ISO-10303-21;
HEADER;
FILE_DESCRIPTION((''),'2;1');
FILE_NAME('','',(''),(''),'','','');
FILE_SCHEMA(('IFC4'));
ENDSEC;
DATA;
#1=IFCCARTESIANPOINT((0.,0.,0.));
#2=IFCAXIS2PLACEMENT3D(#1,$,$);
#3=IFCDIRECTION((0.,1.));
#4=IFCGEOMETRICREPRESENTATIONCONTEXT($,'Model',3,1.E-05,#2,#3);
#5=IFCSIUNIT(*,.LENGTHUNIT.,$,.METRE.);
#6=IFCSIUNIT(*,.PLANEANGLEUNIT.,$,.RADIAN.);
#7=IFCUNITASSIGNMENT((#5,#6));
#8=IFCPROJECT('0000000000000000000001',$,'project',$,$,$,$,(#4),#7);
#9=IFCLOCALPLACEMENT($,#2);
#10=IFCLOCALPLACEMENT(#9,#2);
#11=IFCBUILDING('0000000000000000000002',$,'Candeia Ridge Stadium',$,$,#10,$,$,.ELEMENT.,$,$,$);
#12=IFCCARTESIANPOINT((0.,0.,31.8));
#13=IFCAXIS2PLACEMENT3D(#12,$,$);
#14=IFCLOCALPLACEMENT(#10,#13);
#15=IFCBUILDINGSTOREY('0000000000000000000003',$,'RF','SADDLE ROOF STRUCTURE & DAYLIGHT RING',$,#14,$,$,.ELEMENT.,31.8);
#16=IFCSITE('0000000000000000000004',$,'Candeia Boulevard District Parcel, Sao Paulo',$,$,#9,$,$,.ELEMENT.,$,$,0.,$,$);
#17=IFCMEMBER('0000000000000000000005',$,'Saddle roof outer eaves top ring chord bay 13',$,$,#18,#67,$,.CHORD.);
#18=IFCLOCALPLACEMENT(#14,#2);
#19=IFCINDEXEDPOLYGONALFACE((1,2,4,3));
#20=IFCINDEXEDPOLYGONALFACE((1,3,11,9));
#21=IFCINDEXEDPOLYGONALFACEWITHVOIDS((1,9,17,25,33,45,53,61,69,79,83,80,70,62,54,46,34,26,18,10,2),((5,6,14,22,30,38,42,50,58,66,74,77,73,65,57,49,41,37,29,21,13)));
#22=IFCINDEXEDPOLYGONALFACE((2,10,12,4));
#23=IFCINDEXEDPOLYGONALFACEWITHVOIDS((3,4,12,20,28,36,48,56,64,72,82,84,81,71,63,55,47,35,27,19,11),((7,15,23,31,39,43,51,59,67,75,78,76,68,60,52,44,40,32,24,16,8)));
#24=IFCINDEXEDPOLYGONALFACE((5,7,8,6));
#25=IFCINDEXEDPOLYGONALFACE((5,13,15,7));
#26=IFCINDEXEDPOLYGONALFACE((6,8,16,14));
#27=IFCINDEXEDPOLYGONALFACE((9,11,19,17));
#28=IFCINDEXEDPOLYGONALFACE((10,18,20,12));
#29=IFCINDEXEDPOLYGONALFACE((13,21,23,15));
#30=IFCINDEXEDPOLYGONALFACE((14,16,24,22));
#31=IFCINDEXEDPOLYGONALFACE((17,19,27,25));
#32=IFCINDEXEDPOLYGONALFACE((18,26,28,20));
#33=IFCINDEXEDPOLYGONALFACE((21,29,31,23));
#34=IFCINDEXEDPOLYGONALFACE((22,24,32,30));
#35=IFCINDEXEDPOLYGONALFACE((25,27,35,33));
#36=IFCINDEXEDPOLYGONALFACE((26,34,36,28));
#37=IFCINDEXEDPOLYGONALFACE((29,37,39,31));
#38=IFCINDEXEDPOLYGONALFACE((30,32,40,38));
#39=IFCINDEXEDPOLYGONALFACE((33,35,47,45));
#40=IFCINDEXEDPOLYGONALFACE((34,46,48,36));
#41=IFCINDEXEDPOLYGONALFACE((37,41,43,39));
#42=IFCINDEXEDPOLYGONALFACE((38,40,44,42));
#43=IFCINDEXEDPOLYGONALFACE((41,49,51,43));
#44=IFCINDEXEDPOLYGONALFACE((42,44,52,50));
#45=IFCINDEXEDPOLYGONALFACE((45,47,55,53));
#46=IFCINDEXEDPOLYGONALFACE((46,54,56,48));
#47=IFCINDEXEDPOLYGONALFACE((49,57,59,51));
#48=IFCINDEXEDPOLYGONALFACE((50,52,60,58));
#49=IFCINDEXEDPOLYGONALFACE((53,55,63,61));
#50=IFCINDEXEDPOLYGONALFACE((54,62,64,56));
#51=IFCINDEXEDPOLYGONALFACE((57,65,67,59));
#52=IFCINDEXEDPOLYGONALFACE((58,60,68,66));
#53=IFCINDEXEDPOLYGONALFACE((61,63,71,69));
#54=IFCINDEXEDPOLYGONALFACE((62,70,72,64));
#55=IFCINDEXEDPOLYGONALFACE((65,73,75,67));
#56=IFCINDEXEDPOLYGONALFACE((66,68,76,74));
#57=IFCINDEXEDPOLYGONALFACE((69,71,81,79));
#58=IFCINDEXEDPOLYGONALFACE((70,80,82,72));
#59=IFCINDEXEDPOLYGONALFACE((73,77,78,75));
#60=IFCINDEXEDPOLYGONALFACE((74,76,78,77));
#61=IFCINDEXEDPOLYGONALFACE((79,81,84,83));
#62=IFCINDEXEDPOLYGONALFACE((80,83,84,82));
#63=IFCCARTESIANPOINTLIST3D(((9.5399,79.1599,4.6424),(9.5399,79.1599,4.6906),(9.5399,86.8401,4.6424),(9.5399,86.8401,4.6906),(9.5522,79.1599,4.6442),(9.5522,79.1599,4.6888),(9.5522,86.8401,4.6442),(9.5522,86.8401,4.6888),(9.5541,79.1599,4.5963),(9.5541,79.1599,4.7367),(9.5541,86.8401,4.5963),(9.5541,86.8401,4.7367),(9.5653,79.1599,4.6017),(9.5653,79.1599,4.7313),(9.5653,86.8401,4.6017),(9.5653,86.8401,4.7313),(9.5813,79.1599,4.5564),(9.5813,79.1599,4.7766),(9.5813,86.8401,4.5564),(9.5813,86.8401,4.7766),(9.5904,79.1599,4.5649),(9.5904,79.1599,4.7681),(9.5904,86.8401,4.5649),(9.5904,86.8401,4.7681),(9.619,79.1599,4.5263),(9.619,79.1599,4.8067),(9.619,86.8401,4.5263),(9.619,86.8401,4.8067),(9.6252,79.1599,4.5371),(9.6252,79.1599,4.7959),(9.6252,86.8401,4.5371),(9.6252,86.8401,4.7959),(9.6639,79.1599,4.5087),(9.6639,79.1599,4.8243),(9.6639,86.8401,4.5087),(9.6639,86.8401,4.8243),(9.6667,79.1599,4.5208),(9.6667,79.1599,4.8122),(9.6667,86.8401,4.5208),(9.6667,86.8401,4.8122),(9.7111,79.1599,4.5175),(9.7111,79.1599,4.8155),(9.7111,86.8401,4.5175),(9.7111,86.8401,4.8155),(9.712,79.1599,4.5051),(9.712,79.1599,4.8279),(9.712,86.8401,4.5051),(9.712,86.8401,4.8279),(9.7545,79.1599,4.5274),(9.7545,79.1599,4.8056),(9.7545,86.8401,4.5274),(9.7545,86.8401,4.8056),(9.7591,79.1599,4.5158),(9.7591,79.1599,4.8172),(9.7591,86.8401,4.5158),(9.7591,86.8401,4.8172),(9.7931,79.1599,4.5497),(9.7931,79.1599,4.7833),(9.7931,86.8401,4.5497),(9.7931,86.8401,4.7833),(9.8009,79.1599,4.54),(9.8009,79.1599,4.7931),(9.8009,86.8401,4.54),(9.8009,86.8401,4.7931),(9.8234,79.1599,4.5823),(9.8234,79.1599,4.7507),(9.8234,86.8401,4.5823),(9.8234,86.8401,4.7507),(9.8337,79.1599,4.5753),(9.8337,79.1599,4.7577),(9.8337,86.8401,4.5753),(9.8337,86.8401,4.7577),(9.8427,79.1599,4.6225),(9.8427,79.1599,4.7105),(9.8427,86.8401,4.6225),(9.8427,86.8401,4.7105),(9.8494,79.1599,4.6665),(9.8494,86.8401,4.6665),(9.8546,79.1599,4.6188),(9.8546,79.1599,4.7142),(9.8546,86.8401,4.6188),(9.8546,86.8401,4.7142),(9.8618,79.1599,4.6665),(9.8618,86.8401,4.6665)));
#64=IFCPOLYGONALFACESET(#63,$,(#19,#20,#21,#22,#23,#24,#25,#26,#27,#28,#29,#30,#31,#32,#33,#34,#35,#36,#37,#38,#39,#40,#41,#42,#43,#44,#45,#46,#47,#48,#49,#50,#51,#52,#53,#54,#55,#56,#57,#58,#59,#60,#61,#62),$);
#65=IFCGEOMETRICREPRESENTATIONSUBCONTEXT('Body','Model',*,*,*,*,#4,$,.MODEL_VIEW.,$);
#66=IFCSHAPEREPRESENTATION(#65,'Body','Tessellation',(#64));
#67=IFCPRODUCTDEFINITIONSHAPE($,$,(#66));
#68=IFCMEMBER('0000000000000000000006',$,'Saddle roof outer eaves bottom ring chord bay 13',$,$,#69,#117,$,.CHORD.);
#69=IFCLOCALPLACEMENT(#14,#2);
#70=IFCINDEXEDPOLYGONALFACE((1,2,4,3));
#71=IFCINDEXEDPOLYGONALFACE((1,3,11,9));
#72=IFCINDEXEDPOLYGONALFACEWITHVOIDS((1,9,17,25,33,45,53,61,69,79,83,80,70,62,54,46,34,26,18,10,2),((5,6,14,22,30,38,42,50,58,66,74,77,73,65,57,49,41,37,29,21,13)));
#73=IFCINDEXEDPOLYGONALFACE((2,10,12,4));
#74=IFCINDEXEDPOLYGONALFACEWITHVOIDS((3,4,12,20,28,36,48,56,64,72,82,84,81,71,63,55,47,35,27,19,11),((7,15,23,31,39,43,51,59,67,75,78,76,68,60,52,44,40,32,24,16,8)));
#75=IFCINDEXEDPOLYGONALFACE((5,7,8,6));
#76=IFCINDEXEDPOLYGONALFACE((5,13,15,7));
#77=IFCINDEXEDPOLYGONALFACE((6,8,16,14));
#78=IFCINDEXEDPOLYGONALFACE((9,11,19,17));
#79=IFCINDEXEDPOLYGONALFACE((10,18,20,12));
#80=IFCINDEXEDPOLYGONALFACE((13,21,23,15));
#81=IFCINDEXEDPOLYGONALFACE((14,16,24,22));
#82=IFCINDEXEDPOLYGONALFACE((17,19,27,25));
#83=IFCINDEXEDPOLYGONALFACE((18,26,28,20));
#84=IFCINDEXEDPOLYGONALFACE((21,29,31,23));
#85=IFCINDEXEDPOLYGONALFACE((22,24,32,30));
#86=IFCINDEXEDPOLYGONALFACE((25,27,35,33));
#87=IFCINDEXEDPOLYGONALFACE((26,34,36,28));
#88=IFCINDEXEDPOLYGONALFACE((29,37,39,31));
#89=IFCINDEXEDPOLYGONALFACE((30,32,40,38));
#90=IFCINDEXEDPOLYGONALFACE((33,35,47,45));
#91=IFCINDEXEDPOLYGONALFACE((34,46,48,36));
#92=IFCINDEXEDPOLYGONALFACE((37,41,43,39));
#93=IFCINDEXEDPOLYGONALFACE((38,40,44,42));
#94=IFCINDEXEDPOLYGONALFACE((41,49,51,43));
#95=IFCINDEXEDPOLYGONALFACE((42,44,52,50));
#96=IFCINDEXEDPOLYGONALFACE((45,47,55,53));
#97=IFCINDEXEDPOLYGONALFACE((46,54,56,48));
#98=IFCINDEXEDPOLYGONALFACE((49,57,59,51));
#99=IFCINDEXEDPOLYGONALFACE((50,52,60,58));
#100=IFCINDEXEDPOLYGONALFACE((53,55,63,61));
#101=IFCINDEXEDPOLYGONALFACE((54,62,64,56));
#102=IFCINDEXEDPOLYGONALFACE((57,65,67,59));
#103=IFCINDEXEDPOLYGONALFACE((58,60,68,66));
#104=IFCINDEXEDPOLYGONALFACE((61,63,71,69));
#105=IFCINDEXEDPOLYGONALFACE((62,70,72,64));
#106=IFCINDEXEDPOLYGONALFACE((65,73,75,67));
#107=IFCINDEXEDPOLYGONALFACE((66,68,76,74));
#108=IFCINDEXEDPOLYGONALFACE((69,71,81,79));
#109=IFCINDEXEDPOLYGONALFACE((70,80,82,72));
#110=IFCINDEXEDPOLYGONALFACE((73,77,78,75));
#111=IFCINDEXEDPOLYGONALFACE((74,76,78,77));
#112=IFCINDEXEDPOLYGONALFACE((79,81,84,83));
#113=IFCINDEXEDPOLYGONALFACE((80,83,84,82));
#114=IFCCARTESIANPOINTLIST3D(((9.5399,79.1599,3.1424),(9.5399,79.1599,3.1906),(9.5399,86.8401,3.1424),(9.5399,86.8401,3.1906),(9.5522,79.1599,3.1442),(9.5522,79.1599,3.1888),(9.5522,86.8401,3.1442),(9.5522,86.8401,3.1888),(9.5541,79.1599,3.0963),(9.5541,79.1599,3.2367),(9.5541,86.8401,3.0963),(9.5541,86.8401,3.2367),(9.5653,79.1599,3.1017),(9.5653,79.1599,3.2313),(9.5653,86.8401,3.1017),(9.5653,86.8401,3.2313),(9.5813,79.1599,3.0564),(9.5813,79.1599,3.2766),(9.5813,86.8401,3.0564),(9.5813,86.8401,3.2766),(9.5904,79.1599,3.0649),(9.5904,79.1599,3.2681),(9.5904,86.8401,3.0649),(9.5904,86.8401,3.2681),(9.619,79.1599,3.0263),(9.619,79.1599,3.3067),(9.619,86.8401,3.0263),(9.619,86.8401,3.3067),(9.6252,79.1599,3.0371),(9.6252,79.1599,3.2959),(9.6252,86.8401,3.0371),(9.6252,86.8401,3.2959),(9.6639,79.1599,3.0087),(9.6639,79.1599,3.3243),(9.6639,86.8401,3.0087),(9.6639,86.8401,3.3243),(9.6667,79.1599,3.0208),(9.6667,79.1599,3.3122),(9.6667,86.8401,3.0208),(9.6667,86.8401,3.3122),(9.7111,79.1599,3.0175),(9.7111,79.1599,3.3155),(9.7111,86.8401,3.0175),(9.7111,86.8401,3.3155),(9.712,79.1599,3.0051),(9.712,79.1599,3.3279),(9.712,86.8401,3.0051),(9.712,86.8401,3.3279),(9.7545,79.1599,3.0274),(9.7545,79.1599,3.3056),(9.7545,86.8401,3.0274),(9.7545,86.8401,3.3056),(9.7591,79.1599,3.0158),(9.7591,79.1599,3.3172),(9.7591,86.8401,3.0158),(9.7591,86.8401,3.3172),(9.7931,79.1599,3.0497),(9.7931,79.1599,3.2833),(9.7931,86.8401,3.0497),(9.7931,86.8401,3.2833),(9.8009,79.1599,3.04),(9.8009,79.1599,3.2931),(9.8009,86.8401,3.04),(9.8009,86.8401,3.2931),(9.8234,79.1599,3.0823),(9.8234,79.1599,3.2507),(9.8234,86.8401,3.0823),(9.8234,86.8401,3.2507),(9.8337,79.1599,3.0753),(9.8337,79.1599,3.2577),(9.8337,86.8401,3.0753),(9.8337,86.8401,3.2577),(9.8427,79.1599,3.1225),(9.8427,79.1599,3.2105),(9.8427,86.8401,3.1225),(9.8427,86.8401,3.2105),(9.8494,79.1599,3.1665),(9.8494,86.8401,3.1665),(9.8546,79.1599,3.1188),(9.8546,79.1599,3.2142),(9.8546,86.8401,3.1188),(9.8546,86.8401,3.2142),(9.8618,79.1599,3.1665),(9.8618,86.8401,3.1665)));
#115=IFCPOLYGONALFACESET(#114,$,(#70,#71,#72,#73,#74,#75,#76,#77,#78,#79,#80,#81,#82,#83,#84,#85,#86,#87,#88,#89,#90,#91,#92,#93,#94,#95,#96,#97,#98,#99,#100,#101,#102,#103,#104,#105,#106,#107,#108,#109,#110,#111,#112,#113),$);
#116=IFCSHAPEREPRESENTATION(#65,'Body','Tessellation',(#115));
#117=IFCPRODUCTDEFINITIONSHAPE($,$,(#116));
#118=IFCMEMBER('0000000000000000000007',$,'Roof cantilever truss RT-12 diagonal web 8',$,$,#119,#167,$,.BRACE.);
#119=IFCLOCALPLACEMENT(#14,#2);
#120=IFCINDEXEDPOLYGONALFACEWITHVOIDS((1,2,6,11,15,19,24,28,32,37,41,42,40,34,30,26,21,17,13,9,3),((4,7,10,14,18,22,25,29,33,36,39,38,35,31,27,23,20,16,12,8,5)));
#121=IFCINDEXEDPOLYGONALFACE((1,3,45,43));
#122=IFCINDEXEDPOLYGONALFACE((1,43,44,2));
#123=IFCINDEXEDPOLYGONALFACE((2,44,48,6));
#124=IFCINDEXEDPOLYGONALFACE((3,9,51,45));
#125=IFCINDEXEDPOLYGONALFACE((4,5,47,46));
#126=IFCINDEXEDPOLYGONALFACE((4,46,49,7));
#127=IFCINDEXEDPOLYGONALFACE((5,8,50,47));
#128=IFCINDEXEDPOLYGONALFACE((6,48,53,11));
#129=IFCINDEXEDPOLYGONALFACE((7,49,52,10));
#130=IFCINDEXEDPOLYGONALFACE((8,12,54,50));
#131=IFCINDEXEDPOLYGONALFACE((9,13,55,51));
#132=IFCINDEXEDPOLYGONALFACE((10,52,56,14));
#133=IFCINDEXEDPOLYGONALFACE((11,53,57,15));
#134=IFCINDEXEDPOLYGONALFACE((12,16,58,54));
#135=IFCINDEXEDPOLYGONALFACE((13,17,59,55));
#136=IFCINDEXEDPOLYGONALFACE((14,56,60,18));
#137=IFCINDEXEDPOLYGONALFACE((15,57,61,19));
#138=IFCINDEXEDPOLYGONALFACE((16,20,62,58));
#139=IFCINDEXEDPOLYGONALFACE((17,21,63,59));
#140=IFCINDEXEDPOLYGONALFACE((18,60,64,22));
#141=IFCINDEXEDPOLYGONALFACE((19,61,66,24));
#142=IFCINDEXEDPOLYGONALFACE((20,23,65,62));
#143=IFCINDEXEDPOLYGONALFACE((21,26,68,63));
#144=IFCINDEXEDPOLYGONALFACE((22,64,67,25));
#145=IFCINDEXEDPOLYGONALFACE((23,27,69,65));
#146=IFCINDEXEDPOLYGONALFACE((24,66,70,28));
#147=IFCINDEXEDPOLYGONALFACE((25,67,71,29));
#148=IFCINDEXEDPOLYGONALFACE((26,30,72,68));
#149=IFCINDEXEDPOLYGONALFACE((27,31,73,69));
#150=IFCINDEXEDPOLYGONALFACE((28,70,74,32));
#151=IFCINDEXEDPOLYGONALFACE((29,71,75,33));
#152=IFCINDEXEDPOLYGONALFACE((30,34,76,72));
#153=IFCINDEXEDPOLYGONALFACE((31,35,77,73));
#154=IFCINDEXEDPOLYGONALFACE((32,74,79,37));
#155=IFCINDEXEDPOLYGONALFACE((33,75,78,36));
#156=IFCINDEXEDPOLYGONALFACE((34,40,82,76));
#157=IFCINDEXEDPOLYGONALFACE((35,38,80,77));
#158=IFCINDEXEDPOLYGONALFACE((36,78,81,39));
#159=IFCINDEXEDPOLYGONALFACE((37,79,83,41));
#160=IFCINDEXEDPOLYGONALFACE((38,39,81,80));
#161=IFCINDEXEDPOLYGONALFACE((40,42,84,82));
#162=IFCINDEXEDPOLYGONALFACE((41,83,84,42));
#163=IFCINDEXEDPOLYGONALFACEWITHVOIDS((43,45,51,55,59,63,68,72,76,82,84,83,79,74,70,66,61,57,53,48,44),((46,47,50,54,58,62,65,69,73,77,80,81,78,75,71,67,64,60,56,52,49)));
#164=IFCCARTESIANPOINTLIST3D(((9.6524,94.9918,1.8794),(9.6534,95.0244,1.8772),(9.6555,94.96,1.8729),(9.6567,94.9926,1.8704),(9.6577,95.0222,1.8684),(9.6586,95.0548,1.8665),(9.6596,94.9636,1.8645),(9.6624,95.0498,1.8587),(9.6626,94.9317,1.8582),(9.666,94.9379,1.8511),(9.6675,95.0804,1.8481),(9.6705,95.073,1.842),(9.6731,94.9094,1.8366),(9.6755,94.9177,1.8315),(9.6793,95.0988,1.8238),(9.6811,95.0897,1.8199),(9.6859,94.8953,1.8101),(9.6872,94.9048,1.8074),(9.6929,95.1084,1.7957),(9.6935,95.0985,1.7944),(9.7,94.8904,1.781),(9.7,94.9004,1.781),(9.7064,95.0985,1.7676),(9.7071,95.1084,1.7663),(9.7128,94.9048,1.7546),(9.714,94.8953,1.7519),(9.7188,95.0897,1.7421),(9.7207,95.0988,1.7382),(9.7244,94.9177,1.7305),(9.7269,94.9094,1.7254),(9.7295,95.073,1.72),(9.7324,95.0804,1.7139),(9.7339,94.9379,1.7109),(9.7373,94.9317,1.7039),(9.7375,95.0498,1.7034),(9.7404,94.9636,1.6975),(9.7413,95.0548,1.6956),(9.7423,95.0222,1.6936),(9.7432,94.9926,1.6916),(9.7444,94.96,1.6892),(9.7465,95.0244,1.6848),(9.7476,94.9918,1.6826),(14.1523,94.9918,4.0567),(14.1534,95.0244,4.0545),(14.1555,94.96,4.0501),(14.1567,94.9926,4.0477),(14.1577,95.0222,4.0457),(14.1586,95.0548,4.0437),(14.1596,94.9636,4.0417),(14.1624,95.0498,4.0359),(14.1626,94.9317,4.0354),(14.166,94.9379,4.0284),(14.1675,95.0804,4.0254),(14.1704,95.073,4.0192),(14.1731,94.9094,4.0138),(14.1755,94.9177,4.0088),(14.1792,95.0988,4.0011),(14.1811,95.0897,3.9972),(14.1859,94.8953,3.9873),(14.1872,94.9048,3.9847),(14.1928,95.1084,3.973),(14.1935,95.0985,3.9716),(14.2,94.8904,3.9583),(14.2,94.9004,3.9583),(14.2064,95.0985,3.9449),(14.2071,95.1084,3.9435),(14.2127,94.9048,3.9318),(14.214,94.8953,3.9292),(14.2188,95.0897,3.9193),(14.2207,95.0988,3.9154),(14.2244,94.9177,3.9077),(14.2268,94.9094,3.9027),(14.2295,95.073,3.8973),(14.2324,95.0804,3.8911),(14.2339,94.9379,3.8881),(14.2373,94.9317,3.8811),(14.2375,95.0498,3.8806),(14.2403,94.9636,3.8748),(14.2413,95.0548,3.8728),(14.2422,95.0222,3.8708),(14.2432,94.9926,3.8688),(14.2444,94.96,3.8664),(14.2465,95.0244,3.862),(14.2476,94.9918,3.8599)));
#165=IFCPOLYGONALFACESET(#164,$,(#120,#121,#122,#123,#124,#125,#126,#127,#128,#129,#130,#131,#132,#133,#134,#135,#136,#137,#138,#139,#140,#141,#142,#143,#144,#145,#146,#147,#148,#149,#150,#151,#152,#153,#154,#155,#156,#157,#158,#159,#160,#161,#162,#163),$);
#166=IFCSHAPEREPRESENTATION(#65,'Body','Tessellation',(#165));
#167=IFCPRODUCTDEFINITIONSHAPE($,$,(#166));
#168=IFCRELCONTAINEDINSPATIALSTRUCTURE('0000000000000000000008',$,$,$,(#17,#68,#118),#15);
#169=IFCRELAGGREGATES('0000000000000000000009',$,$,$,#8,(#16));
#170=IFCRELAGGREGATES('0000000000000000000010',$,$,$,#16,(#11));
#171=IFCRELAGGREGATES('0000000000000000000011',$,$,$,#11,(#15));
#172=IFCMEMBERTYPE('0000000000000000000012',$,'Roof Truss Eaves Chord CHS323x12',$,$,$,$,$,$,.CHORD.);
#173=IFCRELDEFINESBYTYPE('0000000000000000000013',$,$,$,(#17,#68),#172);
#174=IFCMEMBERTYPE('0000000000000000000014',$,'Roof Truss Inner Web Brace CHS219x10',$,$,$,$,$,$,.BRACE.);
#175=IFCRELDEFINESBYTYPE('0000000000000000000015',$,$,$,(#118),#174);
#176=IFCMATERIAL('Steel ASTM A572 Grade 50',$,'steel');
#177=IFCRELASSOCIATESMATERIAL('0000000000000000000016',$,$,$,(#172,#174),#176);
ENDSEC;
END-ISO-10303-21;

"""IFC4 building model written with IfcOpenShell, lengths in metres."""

from ifc_helpers import new_model, si_unit, direction, frame, origin, origin_2d, place, context, subcontext, project, spatial, hollow_circle, extrude, material, material_profile, profile_set, type_object, element, save


model = new_model("IFC4")

# Units and contexts
model_context = context("Model", 3, precision=1e-05, world=origin(), true_north=direction((0.0, 1.0)))
body_context = subcontext(model_context, "Body", "Model", "MODEL_VIEW")
ifc_project = project(units=[si_unit("LENGTHUNIT", "METRE"), si_unit("PLANEANGLEUNIT", "RADIAN")], contexts=[model_context])

# Site, building, storey
site_placement = place(None, origin())
site = spatial("IfcSite", under=ifc_project, at=site_placement, Name="Candeia Boulevard District Parcel, Sao Paulo", CompositionType="ELEMENT", RefElevation=0.0)
building_placement = place(site_placement, origin())
building = spatial("IfcBuilding", under=site, at=building_placement, Name="Candeia Ridge Stadium", CompositionType="ELEMENT")
storey_placement = place(building_placement, frame((0.0, 0.0, 31.8)))
storey = spatial("IfcBuildingStorey", under=building, at=storey_placement, Name="RF", Description="SADDLE ROOF STRUCTURE & DAYLIGHT RING", CompositionType="ELEMENT", Elevation=31.8)

# Shared definitions
ifc_material_1 = material(Name="Steel ASTM A572 Grade 50", Category="steel")

# Members
ifc_material_profile_1 = material_profile(ifc_material_1, hollow_circle(Radius=0.1619, WallThickness=0.0125, at=origin_2d()), Name="CHS323x12", Category="steel")
ifc_profile_set_1 = profile_set([ifc_material_profile_1], Name="Steel ASTM A572 Grade 50")
member_type_1 = type_object("IfcMemberType", Name="Roof Truss Eaves Chord CHS323x12", PredefinedType="CHORD", material=ifc_profile_set_1)
for number, where, z_axis, x_axis, name in (
    (1, (9.7, 86.8401, 4.6665), (0.0, -1.0, 0.0), (1.0, 0.0, 0.0), "Saddle roof outer eaves top ring chord bay 13"),
    (2, (9.7, 86.8401, 3.1665), (0.0, -1.0, 0.0), (1.0, 0.0, 0.0), "Saddle roof outer eaves bottom ring chord bay 13"),
):
    element("IfcMember", number, at=place(storey_placement, frame(where, z_axis=z_axis, x_axis=x_axis)), inside=storey, type_object=member_type_1, Name=name, PredefinedType="CHORD", context=body_context, shape_type="SweptSolid", body=[
        extrude(hollow_circle(Radius=0.1619, WallThickness=0.0125, at=origin_2d()), origin(), (0.0, 0.0, 1.0), 7.6802),
    ])
ifc_material_profile_2 = material_profile(ifc_material_1, hollow_circle(Radius=0.1096, WallThickness=0.01, at=origin_2d()), Name="CHS219x10", Category="steel")
ifc_profile_set_2 = profile_set([ifc_material_profile_2], Name="Steel ASTM A572 Grade 50")
member_type_2 = type_object("IfcMemberType", Name="Roof Truss Inner Web Brace CHS219x10", PredefinedType="BRACE", material=ifc_profile_set_2)
member_1_placement = place(storey_placement, frame((14.2, 95.0, 3.9583), z_axis=(-0.900173, 0.0, -0.435533), x_axis=(0.0, -1.0, 0.0)))
element("IfcMember", 3, at=member_1_placement, inside=storey, type_object=member_type_2, Name="Roof cantilever truss RT-12 diagonal web 8", PredefinedType="BRACE", context=body_context, shape_type="SweptSolid", body=[
    extrude(hollow_circle(Radius=0.1096, WallThickness=0.01, at=origin_2d()), origin(), (0.0, 0.0, 1.0), 4.999),
])

save(model, "model.ifc")
